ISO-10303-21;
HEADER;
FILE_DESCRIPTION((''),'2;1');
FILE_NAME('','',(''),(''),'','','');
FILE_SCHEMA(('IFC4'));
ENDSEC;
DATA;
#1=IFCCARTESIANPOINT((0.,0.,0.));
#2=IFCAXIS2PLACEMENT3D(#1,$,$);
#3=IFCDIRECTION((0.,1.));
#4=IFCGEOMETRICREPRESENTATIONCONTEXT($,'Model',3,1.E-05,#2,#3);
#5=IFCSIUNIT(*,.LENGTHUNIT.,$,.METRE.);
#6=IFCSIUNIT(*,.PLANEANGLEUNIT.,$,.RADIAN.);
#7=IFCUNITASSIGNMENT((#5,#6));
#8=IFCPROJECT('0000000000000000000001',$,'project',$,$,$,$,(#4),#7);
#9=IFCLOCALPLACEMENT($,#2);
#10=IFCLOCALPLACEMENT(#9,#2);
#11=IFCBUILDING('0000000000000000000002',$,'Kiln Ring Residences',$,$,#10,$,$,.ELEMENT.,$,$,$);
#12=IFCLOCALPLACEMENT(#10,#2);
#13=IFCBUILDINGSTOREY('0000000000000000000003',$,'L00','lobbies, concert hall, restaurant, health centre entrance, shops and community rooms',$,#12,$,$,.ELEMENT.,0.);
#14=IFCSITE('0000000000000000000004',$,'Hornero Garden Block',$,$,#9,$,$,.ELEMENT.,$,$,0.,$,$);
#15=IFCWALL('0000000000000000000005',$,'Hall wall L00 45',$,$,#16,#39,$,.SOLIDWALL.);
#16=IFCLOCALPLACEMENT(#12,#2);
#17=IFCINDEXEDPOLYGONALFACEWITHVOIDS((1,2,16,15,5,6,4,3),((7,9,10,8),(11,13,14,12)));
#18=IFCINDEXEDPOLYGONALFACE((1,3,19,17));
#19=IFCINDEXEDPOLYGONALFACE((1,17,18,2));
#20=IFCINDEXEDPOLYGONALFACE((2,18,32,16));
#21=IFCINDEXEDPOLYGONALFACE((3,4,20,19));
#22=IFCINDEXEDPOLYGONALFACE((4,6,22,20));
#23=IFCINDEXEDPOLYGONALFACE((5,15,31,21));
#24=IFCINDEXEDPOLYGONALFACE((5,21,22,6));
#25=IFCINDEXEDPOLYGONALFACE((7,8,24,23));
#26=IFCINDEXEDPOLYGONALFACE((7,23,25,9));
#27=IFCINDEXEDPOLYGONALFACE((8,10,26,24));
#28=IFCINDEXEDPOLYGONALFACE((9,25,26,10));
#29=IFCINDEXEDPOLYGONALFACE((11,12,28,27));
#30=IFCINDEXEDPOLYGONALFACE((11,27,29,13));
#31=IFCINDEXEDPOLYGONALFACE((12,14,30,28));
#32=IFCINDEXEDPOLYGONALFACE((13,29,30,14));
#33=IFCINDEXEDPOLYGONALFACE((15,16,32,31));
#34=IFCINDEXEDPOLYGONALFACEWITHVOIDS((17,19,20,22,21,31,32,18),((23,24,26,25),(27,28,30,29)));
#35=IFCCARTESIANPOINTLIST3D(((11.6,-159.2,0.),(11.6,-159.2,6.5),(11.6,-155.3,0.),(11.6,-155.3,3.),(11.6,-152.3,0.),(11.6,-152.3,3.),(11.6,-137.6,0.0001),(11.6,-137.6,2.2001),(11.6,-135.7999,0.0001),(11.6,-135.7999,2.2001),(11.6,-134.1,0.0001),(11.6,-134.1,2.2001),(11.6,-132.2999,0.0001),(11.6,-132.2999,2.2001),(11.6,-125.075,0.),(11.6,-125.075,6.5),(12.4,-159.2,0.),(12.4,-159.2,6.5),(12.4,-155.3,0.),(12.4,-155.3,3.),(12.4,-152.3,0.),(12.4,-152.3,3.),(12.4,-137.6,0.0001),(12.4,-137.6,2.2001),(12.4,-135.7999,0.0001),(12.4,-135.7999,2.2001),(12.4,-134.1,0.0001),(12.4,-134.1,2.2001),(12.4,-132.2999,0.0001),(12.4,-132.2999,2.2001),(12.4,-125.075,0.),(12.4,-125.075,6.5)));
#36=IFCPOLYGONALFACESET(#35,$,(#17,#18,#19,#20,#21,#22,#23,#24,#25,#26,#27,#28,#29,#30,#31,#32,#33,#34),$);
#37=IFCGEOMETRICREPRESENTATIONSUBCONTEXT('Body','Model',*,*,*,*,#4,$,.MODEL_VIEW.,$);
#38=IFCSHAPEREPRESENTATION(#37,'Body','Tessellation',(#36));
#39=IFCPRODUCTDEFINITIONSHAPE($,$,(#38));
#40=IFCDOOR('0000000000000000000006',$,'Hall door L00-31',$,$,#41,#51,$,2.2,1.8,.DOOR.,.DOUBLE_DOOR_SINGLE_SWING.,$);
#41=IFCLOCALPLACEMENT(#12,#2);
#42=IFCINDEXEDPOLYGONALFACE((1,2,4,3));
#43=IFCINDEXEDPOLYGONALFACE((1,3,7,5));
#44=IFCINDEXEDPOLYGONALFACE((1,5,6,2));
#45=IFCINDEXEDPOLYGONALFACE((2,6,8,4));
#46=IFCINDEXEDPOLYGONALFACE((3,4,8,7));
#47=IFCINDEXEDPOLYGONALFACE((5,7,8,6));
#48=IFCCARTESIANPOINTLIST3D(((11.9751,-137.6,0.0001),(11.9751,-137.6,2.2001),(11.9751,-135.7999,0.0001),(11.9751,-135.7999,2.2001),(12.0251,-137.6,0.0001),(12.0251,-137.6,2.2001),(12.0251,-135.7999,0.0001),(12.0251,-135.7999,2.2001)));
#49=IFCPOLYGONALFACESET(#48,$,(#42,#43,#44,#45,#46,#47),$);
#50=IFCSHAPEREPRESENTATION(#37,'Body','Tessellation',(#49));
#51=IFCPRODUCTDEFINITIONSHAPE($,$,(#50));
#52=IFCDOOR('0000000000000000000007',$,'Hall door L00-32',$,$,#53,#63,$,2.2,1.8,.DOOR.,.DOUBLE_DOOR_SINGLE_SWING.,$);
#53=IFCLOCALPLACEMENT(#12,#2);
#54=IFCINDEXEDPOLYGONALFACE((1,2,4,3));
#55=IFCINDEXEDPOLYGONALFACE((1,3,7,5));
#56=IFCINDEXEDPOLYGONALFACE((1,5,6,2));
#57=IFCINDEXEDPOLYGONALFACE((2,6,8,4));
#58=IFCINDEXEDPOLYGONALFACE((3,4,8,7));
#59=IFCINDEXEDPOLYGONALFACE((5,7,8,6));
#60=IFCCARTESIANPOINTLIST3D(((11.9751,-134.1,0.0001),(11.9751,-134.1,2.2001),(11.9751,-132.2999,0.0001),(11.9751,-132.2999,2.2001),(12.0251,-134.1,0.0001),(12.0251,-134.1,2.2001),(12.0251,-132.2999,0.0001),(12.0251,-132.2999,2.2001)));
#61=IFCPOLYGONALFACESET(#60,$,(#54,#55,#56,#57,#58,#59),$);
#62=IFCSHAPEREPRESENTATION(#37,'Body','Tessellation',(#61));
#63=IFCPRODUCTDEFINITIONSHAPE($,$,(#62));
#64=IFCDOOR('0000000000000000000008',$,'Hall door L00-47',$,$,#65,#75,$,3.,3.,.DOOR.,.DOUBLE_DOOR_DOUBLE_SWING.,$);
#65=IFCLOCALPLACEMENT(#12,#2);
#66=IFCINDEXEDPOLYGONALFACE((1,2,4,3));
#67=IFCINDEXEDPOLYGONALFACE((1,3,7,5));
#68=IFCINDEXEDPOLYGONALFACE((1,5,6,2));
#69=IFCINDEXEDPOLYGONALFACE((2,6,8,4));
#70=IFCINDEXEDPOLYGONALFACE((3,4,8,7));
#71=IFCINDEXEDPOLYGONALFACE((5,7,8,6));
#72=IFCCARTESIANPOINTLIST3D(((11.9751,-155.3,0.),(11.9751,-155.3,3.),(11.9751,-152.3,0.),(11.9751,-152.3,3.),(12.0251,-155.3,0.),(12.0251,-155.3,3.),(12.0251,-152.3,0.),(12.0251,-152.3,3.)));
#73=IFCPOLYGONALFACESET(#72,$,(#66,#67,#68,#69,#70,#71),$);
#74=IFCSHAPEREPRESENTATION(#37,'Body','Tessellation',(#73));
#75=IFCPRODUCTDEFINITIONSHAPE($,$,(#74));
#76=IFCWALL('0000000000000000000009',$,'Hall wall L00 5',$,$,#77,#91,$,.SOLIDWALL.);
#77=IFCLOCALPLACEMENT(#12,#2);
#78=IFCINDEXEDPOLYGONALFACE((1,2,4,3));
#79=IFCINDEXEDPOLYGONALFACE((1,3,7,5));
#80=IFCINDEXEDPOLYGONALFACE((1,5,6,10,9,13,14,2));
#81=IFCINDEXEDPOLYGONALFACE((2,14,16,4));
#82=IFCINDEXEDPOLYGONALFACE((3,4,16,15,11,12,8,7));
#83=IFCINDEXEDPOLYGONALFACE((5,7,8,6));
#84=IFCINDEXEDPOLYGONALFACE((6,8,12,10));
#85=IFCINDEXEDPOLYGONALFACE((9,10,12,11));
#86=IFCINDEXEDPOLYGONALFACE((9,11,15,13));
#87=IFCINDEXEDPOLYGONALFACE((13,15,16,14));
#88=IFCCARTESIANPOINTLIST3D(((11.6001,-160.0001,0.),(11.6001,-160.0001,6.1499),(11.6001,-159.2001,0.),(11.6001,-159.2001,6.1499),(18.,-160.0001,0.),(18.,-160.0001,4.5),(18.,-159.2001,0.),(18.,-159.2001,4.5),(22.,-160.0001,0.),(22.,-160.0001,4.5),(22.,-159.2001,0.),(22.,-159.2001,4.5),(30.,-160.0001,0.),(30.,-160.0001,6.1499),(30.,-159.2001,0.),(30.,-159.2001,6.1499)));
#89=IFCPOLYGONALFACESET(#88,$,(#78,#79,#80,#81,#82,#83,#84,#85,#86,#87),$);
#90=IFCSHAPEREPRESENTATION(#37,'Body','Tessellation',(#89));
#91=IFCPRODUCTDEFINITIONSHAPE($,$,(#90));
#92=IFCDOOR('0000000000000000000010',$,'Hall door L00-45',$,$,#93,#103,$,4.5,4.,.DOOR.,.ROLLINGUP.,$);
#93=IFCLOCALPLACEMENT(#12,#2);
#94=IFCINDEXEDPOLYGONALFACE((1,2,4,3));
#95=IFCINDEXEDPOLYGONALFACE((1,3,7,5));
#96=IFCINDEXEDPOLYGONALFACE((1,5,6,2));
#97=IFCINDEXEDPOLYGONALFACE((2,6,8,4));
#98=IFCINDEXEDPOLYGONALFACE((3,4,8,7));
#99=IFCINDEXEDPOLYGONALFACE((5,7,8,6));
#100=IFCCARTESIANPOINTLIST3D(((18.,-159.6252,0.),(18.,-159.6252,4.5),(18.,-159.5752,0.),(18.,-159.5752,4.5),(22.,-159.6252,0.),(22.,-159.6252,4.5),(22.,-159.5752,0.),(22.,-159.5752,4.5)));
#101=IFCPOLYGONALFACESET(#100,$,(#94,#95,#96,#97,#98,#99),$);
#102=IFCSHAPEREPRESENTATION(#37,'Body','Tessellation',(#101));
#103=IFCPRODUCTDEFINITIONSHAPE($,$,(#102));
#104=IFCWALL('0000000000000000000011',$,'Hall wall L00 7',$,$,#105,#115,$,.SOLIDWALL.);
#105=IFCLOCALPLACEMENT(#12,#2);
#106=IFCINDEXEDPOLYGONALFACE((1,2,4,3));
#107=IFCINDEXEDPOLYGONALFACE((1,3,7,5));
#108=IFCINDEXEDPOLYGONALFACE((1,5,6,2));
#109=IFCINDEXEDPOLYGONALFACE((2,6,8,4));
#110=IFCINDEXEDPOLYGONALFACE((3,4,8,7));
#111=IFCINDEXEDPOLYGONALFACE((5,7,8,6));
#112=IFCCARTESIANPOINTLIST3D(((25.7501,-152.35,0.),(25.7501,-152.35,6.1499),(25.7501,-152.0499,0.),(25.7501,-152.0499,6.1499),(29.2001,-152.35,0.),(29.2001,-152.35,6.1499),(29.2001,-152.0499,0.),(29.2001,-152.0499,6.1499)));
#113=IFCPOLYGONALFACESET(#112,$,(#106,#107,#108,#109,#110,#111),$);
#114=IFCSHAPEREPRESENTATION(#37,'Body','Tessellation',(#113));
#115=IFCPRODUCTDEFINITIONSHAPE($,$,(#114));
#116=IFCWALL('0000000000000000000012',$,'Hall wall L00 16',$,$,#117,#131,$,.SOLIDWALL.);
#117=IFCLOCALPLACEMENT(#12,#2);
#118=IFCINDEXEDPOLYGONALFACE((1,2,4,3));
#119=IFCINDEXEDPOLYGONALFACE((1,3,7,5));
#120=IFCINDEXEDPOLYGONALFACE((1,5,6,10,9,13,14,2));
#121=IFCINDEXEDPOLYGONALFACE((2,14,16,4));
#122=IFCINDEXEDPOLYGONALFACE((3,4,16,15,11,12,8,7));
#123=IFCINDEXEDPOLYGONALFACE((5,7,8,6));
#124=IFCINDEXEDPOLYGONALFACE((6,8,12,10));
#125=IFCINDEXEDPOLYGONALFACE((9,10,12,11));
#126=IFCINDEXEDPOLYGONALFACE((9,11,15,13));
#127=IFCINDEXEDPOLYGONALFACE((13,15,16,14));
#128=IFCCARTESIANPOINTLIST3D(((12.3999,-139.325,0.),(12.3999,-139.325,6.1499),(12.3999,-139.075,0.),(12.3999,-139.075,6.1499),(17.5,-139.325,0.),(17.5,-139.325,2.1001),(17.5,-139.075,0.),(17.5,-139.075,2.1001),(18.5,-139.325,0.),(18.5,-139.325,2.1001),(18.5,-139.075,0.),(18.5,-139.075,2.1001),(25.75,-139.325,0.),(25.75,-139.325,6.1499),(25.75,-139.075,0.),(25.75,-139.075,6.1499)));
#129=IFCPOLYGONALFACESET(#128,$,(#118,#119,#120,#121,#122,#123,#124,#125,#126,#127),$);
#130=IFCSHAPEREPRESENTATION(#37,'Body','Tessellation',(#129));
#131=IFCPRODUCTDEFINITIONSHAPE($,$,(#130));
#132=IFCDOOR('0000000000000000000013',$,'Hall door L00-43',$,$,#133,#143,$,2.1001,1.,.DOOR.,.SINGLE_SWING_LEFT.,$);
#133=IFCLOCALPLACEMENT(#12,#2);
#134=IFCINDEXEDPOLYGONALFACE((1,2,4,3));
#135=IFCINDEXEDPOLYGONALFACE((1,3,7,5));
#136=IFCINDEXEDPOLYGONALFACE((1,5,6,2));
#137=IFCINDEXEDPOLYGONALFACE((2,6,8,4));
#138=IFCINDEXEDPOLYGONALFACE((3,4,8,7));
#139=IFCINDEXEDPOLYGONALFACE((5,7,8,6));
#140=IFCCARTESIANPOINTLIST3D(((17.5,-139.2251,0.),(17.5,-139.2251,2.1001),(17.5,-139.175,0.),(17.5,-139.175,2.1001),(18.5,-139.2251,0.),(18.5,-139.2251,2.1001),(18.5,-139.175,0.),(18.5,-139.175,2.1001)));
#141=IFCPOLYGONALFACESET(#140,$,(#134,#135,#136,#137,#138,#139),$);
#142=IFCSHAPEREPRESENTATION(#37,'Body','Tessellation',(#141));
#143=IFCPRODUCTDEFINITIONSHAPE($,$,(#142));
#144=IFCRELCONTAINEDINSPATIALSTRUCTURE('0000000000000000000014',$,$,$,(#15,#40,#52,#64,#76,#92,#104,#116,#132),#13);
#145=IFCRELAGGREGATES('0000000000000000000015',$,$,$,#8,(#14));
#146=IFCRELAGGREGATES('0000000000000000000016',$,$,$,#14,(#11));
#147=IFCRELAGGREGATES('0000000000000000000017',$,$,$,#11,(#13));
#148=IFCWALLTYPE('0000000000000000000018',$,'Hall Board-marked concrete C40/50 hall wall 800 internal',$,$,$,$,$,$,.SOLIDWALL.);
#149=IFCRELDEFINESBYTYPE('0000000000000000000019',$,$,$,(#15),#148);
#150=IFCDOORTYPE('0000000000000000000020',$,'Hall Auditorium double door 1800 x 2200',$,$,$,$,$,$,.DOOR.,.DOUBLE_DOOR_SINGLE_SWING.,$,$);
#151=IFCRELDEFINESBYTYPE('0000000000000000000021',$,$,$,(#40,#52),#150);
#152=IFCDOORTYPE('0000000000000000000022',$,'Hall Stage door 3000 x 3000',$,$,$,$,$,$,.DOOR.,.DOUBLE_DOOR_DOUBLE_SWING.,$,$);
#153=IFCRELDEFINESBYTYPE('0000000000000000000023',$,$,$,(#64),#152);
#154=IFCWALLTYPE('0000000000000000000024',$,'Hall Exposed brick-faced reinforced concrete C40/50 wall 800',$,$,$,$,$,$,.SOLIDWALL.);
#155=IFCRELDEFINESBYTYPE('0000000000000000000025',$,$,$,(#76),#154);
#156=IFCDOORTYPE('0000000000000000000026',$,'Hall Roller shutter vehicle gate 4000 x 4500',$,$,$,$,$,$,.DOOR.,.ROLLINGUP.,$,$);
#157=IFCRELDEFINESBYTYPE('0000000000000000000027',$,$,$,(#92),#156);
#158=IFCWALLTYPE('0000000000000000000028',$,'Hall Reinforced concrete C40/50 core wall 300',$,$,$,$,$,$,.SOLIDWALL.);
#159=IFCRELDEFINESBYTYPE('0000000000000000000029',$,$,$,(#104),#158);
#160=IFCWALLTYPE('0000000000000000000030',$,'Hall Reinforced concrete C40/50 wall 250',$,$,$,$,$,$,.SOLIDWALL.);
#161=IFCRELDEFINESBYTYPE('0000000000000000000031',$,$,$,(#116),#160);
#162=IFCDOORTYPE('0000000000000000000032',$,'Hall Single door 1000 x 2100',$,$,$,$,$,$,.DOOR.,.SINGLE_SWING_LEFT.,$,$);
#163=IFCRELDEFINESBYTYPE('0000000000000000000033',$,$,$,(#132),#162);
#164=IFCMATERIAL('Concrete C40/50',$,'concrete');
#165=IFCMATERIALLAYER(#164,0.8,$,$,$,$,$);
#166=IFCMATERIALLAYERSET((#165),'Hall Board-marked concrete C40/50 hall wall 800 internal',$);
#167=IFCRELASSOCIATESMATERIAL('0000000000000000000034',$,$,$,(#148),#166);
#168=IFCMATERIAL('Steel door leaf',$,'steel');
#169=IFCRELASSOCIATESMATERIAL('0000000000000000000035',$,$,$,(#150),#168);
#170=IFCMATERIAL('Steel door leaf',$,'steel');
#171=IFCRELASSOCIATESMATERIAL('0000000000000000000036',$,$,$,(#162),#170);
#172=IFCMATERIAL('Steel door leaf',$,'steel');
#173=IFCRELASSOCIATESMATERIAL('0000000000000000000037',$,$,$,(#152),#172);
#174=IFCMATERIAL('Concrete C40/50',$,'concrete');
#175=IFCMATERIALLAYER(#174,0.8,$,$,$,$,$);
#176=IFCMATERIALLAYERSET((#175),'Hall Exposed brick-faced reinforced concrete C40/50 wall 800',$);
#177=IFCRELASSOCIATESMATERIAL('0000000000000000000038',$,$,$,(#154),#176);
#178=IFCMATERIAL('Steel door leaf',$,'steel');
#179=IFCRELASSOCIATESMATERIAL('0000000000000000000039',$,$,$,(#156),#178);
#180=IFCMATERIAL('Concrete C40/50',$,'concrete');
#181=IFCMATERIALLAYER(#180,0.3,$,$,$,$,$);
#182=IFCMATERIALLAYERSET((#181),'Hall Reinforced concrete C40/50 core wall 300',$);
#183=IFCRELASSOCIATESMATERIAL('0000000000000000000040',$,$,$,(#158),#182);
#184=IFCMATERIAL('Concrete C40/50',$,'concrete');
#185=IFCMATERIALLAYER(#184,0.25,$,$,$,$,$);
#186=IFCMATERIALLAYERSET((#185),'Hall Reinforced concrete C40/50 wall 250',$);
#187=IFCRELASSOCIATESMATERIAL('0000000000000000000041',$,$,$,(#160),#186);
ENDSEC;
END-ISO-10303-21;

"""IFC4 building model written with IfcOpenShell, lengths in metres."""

from ifc_helpers import new_model, si_unit, direction, frame, frame_2d, origin, place, context, subcontext, project, spatial, rectangle, extrude, material, layer, layer_set, type_object, element, fill, save


model = new_model("IFC4")

# Units and contexts
model_context = context("Model", 3, precision=1e-05, world=origin(), true_north=direction((0.0, 1.0)))
body_context = subcontext(model_context, "Body", "Model", "MODEL_VIEW")
ifc_project = project(units=[si_unit("LENGTHUNIT", "METRE"), si_unit("PLANEANGLEUNIT", "RADIAN")], contexts=[model_context])

# Site, building, storey
site_placement = place(None, origin())
site = spatial("IfcSite", under=ifc_project, at=site_placement, Name="Hornero Garden Block", CompositionType="ELEMENT", RefElevation=0.0)
building_placement = place(site_placement, origin())
building = spatial("IfcBuilding", under=site, at=building_placement, Name="Kiln Ring Residences", CompositionType="ELEMENT")
storey_placement = place(building_placement, origin())
storey = spatial("IfcBuildingStorey", under=building, at=storey_placement, Name="L00", Description="lobbies, concert hall, restaurant, health centre entrance, shops and community rooms", CompositionType="ELEMENT", Elevation=0.0)

# Shared definitions
ifc_material_1 = material(Name="Concrete C40/50", Category="concrete")
ifc_layer_1 = layer(ifc_material_1, 0.8)
ifc_layer_set_1 = layer_set([ifc_layer_1], Name="Hall Board-marked concrete C40/50 hall wall 800 internal")
wall_type_1 = type_object("IfcWallType", Name="Hall Board-marked concrete C40/50 hall wall 800 internal", PredefinedType="SOLIDWALL", material=ifc_layer_set_1)

# Wall, openings, doors
ifc_material_2 = material(Name="Steel door leaf", Category="steel")
door_type_1 = type_object("IfcDoorType", Name="Hall Auditorium double door 1800 x 2200", OperationType="DOUBLE_DOOR_SINGLE_SWING", PredefinedType="DOOR", material=ifc_material_2)
ifc_material_3 = material(Name="Steel door leaf", Category="steel")
door_type_2 = type_object("IfcDoorType", Name="Hall Single door 1000 x 2100", OperationType="SINGLE_SWING_LEFT", PredefinedType="DOOR", material=ifc_material_3)
wall_1_placement = place(storey_placement, frame((12.0, -159.2, 0.0), z_axis=(0.0, 0.0, 1.0), x_axis=(0.0, 1.0, 0.0)))
wall_1 = element("IfcWall", 1, at=wall_1_placement, inside=storey, type_object=wall_type_1, Name="Hall wall L00 45", PredefinedType="SOLIDWALL", context=body_context, shape_type="SweptSolid", body=[
    extrude(rectangle(XDim=34.125, YDim=0.8, at=frame_2d((17.0625, 0.0))), origin(), (0.0, 0.0, 1.0), 6.5),
])
opening_1_placement = place(wall_1_placement, frame((21.6001, 0.0, 0.0)))
opening_1 = element("IfcOpeningElement", 2, at=opening_1_placement, cuts=wall_1, PredefinedType="OPENING", context=body_context, shape_type="SweptSolid", body=[
    extrude(rectangle(XDim=1.8, YDim=2.2, at=frame_2d((0.8999, 1.1001))), frame((0.0, 0.4099, 0.0), z_axis=(0.0, -1.0, 0.0), x_axis=(1.0, 0.0, 0.0)), (0.0, 0.0, 1.0), 0.8201),
])
opening_2_placement = place(wall_1_placement, frame((25.1001, 0.0, 0.0)))
opening_2 = element("IfcOpeningElement", 3, at=opening_2_placement, cuts=wall_1, PredefinedType="OPENING", context=body_context, shape_type="SweptSolid", body=[
    extrude(rectangle(XDim=1.8, YDim=2.2, at=frame_2d((0.8999, 1.1001))), frame((0.0, 0.4099, 0.0), z_axis=(0.0, -1.0, 0.0), x_axis=(1.0, 0.0, 0.0)), (0.0, 0.0, 1.0), 0.8201),
])
opening_3_placement = place(wall_1_placement, frame((3.8999, 0.0, 0.0)))
opening_3 = element("IfcOpeningElement", 4, at=opening_3_placement, cuts=wall_1, PredefinedType="OPENING", context=body_context, shape_type="SweptSolid", body=[
    extrude(rectangle(XDim=3.0, YDim=3.0, at=frame_2d((1.5, 1.5))), frame((0.0, 0.4099, 0.0), z_axis=(0.0, -1.0, 0.0), x_axis=(1.0, 0.0, 0.0)), (0.0, 0.0, 1.0), 0.8201),
])
door_1_placement = place(opening_1_placement, origin())
door_1 = element("IfcDoor", 5, at=door_1_placement, inside=storey, type_object=door_type_1, Name="Hall door L00-31", OperationType="DOUBLE_DOOR_SINGLE_SWING", OverallHeight=2.2, OverallWidth=1.8, PredefinedType="DOOR", context=body_context, shape_type="SweptSolid", body=[
    extrude(rectangle(XDim=1.8, YDim=2.2, at=frame_2d((0.8999, 1.1001))), frame((0.0, 0.0249, 0.0), z_axis=(0.0, -1.0, 0.0), x_axis=(1.0, 0.0, 0.0)), (0.0, 0.0, 1.0), 0.05),
])
fill(opening_1, door_1)
door_2_placement = place(opening_2_placement, origin())
door_2 = element("IfcDoor", 6, at=door_2_placement, inside=storey, type_object=door_type_1, Name="Hall door L00-32", OperationType="DOUBLE_DOOR_SINGLE_SWING", OverallHeight=2.2, OverallWidth=1.8, PredefinedType="DOOR", context=body_context, shape_type="SweptSolid", body=[
    extrude(rectangle(XDim=1.8, YDim=2.2, at=frame_2d((0.8999, 1.1001))), frame((0.0, 0.0249, 0.0), z_axis=(0.0, -1.0, 0.0), x_axis=(1.0, 0.0, 0.0)), (0.0, 0.0, 1.0), 0.05),
])
fill(opening_2, door_2)
ifc_material_4 = material(Name="Steel door leaf", Category="steel")
door_type_3 = type_object("IfcDoorType", Name="Hall Stage door 3000 x 3000", OperationType="DOUBLE_DOOR_DOUBLE_SWING", PredefinedType="DOOR", material=ifc_material_4)
door_3_placement = place(opening_3_placement, origin())
door_3 = element("IfcDoor", 7, at=door_3_placement, inside=storey, type_object=door_type_3, Name="Hall door L00-47", OperationType="DOUBLE_DOOR_DOUBLE_SWING", OverallHeight=3.0, OverallWidth=3.0, PredefinedType="DOOR", context=body_context, shape_type="SweptSolid", body=[
    extrude(rectangle(XDim=3.0, YDim=3.0, at=frame_2d((1.5, 1.5))), frame((0.0, 0.0249, 0.0), z_axis=(0.0, -1.0, 0.0), x_axis=(1.0, 0.0, 0.0)), (0.0, 0.0, 1.0), 0.05),
])
fill(opening_3, door_3)

# Wall, opening, door
ifc_material_5 = material(Name="Concrete C40/50", Category="concrete")
ifc_layer_2 = layer(ifc_material_5, 0.8)
ifc_layer_set_2 = layer_set([ifc_layer_2], Name="Hall Exposed brick-faced reinforced concrete C40/50 wall 800")
wall_type_2 = type_object("IfcWallType", Name="Hall Exposed brick-faced reinforced concrete C40/50 wall 800", PredefinedType="SOLIDWALL", material=ifc_layer_set_2)
wall_2_placement = place(storey_placement, frame((11.6001, -159.6001, 0.0), z_axis=(0.0, 0.0, 1.0), x_axis=(1.0, 0.0, 0.0)))
wall_2 = element("IfcWall", 8, at=wall_2_placement, inside=storey, type_object=wall_type_2, Name="Hall wall L00 5", PredefinedType="SOLIDWALL", context=body_context, shape_type="SweptSolid", body=[
    extrude(rectangle(XDim=18.3999, YDim=0.8, at=frame_2d((9.2, 0.0))), origin(), (0.0, 0.0, 1.0), 6.1499),
])
opening_4_placement = place(wall_2_placement, frame((6.3999, 0.0, 0.0)))
opening_4 = element("IfcOpeningElement", 9, at=opening_4_placement, cuts=wall_2, PredefinedType="OPENING", context=body_context, shape_type="SweptSolid", body=[
    extrude(rectangle(XDim=4.0, YDim=4.5, at=frame_2d((2.0, 2.25))), frame((0.0, 0.4099, 0.0), z_axis=(0.0, -1.0, 0.0), x_axis=(1.0, 0.0, 0.0)), (0.0, 0.0, 1.0), 0.8201),
])
ifc_material_6 = material(Name="Steel door leaf", Category="steel")
door_type_4 = type_object("IfcDoorType", Name="Hall Roller shutter vehicle gate 4000 x 4500", OperationType="ROLLINGUP", PredefinedType="DOOR", material=ifc_material_6)
door_4_placement = place(opening_4_placement, origin())
door_4 = element("IfcDoor", 10, at=door_4_placement, inside=storey, type_object=door_type_4, Name="Hall door L00-45", OperationType="ROLLINGUP", OverallHeight=4.5, OverallWidth=4.0, PredefinedType="DOOR", context=body_context, shape_type="SweptSolid", body=[
    extrude(rectangle(XDim=4.0, YDim=4.5, at=frame_2d((2.0, 2.25))), frame((0.0, 0.0249, 0.0), z_axis=(0.0, -1.0, 0.0), x_axis=(1.0, 0.0, 0.0)), (0.0, 0.0, 1.0), 0.05),
])
fill(opening_4, door_4)

# Wall
ifc_material_7 = material(Name="Concrete C40/50", Category="concrete")
ifc_layer_3 = layer(ifc_material_7, 0.3)
ifc_layer_set_3 = layer_set([ifc_layer_3], Name="Hall Reinforced concrete C40/50 core wall 300")
wall_type_3 = type_object("IfcWallType", Name="Hall Reinforced concrete C40/50 core wall 300", PredefinedType="SOLIDWALL", material=ifc_layer_set_3)
wall_3_placement = place(storey_placement, frame((25.75, -152.2, 0.0), z_axis=(0.0, 0.0, 1.0), x_axis=(1.0, 0.0, 0.0)))
element("IfcWall", 11, at=wall_3_placement, inside=storey, type_object=wall_type_3, Name="Hall wall L00 7", PredefinedType="SOLIDWALL", context=body_context, shape_type="SweptSolid", body=[
    extrude(rectangle(XDim=3.45, YDim=0.3, at=frame_2d((1.7251, 0.0))), origin(), (0.0, 0.0, 1.0), 6.1499),
])

# Wall, opening, door
ifc_material_8 = material(Name="Concrete C40/50", Category="concrete")
ifc_layer_4 = layer(ifc_material_8, 0.25)
ifc_layer_set_4 = layer_set([ifc_layer_4], Name="Hall Reinforced concrete C40/50 wall 250")
wall_type_4 = type_object("IfcWallType", Name="Hall Reinforced concrete C40/50 wall 250", PredefinedType="SOLIDWALL", material=ifc_layer_set_4)
wall_4_placement = place(storey_placement, frame((12.3999, -139.2, 0.0), z_axis=(0.0, 0.0, 1.0), x_axis=(1.0, 0.0, 0.0)))
wall_4 = element("IfcWall", 12, at=wall_4_placement, inside=storey, type_object=wall_type_4, Name="Hall wall L00 16", PredefinedType="SOLIDWALL", context=body_context, shape_type="SweptSolid", body=[
    extrude(rectangle(XDim=13.3501, YDim=0.25, at=frame_2d((6.675, 0.0))), origin(), (0.0, 0.0, 1.0), 6.1499),
])
opening_5_placement = place(wall_4_placement, frame((5.1001, 0.0, 0.0)))
opening_5 = element("IfcOpeningElement", 13, at=opening_5_placement, cuts=wall_4, PredefinedType="OPENING", context=body_context, shape_type="SweptSolid", body=[
    extrude(rectangle(XDim=1.0, YDim=2.1001, at=frame_2d((0.5, 1.05))), frame((0.0, 0.135, 0.0), z_axis=(0.0, -1.0, 0.0), x_axis=(1.0, 0.0, 0.0)), (0.0, 0.0, 1.0), 0.27),
])
door_5_placement = place(opening_5_placement, origin())
door_5 = element("IfcDoor", 14, at=door_5_placement, inside=storey, type_object=door_type_2, Name="Hall door L00-43", OperationType="SINGLE_SWING_LEFT", OverallHeight=2.1001, OverallWidth=1.0, PredefinedType="DOOR", context=body_context, shape_type="SweptSolid", body=[
    extrude(rectangle(XDim=1.0, YDim=2.1001, at=frame_2d((0.5, 1.05))), frame((0.0, 0.0249, 0.0), z_axis=(0.0, -1.0, 0.0), x_axis=(1.0, 0.0, 0.0)), (0.0, 0.0, 1.0), 0.05),
])
fill(opening_5, door_5)

save(model, "model.ifc")
